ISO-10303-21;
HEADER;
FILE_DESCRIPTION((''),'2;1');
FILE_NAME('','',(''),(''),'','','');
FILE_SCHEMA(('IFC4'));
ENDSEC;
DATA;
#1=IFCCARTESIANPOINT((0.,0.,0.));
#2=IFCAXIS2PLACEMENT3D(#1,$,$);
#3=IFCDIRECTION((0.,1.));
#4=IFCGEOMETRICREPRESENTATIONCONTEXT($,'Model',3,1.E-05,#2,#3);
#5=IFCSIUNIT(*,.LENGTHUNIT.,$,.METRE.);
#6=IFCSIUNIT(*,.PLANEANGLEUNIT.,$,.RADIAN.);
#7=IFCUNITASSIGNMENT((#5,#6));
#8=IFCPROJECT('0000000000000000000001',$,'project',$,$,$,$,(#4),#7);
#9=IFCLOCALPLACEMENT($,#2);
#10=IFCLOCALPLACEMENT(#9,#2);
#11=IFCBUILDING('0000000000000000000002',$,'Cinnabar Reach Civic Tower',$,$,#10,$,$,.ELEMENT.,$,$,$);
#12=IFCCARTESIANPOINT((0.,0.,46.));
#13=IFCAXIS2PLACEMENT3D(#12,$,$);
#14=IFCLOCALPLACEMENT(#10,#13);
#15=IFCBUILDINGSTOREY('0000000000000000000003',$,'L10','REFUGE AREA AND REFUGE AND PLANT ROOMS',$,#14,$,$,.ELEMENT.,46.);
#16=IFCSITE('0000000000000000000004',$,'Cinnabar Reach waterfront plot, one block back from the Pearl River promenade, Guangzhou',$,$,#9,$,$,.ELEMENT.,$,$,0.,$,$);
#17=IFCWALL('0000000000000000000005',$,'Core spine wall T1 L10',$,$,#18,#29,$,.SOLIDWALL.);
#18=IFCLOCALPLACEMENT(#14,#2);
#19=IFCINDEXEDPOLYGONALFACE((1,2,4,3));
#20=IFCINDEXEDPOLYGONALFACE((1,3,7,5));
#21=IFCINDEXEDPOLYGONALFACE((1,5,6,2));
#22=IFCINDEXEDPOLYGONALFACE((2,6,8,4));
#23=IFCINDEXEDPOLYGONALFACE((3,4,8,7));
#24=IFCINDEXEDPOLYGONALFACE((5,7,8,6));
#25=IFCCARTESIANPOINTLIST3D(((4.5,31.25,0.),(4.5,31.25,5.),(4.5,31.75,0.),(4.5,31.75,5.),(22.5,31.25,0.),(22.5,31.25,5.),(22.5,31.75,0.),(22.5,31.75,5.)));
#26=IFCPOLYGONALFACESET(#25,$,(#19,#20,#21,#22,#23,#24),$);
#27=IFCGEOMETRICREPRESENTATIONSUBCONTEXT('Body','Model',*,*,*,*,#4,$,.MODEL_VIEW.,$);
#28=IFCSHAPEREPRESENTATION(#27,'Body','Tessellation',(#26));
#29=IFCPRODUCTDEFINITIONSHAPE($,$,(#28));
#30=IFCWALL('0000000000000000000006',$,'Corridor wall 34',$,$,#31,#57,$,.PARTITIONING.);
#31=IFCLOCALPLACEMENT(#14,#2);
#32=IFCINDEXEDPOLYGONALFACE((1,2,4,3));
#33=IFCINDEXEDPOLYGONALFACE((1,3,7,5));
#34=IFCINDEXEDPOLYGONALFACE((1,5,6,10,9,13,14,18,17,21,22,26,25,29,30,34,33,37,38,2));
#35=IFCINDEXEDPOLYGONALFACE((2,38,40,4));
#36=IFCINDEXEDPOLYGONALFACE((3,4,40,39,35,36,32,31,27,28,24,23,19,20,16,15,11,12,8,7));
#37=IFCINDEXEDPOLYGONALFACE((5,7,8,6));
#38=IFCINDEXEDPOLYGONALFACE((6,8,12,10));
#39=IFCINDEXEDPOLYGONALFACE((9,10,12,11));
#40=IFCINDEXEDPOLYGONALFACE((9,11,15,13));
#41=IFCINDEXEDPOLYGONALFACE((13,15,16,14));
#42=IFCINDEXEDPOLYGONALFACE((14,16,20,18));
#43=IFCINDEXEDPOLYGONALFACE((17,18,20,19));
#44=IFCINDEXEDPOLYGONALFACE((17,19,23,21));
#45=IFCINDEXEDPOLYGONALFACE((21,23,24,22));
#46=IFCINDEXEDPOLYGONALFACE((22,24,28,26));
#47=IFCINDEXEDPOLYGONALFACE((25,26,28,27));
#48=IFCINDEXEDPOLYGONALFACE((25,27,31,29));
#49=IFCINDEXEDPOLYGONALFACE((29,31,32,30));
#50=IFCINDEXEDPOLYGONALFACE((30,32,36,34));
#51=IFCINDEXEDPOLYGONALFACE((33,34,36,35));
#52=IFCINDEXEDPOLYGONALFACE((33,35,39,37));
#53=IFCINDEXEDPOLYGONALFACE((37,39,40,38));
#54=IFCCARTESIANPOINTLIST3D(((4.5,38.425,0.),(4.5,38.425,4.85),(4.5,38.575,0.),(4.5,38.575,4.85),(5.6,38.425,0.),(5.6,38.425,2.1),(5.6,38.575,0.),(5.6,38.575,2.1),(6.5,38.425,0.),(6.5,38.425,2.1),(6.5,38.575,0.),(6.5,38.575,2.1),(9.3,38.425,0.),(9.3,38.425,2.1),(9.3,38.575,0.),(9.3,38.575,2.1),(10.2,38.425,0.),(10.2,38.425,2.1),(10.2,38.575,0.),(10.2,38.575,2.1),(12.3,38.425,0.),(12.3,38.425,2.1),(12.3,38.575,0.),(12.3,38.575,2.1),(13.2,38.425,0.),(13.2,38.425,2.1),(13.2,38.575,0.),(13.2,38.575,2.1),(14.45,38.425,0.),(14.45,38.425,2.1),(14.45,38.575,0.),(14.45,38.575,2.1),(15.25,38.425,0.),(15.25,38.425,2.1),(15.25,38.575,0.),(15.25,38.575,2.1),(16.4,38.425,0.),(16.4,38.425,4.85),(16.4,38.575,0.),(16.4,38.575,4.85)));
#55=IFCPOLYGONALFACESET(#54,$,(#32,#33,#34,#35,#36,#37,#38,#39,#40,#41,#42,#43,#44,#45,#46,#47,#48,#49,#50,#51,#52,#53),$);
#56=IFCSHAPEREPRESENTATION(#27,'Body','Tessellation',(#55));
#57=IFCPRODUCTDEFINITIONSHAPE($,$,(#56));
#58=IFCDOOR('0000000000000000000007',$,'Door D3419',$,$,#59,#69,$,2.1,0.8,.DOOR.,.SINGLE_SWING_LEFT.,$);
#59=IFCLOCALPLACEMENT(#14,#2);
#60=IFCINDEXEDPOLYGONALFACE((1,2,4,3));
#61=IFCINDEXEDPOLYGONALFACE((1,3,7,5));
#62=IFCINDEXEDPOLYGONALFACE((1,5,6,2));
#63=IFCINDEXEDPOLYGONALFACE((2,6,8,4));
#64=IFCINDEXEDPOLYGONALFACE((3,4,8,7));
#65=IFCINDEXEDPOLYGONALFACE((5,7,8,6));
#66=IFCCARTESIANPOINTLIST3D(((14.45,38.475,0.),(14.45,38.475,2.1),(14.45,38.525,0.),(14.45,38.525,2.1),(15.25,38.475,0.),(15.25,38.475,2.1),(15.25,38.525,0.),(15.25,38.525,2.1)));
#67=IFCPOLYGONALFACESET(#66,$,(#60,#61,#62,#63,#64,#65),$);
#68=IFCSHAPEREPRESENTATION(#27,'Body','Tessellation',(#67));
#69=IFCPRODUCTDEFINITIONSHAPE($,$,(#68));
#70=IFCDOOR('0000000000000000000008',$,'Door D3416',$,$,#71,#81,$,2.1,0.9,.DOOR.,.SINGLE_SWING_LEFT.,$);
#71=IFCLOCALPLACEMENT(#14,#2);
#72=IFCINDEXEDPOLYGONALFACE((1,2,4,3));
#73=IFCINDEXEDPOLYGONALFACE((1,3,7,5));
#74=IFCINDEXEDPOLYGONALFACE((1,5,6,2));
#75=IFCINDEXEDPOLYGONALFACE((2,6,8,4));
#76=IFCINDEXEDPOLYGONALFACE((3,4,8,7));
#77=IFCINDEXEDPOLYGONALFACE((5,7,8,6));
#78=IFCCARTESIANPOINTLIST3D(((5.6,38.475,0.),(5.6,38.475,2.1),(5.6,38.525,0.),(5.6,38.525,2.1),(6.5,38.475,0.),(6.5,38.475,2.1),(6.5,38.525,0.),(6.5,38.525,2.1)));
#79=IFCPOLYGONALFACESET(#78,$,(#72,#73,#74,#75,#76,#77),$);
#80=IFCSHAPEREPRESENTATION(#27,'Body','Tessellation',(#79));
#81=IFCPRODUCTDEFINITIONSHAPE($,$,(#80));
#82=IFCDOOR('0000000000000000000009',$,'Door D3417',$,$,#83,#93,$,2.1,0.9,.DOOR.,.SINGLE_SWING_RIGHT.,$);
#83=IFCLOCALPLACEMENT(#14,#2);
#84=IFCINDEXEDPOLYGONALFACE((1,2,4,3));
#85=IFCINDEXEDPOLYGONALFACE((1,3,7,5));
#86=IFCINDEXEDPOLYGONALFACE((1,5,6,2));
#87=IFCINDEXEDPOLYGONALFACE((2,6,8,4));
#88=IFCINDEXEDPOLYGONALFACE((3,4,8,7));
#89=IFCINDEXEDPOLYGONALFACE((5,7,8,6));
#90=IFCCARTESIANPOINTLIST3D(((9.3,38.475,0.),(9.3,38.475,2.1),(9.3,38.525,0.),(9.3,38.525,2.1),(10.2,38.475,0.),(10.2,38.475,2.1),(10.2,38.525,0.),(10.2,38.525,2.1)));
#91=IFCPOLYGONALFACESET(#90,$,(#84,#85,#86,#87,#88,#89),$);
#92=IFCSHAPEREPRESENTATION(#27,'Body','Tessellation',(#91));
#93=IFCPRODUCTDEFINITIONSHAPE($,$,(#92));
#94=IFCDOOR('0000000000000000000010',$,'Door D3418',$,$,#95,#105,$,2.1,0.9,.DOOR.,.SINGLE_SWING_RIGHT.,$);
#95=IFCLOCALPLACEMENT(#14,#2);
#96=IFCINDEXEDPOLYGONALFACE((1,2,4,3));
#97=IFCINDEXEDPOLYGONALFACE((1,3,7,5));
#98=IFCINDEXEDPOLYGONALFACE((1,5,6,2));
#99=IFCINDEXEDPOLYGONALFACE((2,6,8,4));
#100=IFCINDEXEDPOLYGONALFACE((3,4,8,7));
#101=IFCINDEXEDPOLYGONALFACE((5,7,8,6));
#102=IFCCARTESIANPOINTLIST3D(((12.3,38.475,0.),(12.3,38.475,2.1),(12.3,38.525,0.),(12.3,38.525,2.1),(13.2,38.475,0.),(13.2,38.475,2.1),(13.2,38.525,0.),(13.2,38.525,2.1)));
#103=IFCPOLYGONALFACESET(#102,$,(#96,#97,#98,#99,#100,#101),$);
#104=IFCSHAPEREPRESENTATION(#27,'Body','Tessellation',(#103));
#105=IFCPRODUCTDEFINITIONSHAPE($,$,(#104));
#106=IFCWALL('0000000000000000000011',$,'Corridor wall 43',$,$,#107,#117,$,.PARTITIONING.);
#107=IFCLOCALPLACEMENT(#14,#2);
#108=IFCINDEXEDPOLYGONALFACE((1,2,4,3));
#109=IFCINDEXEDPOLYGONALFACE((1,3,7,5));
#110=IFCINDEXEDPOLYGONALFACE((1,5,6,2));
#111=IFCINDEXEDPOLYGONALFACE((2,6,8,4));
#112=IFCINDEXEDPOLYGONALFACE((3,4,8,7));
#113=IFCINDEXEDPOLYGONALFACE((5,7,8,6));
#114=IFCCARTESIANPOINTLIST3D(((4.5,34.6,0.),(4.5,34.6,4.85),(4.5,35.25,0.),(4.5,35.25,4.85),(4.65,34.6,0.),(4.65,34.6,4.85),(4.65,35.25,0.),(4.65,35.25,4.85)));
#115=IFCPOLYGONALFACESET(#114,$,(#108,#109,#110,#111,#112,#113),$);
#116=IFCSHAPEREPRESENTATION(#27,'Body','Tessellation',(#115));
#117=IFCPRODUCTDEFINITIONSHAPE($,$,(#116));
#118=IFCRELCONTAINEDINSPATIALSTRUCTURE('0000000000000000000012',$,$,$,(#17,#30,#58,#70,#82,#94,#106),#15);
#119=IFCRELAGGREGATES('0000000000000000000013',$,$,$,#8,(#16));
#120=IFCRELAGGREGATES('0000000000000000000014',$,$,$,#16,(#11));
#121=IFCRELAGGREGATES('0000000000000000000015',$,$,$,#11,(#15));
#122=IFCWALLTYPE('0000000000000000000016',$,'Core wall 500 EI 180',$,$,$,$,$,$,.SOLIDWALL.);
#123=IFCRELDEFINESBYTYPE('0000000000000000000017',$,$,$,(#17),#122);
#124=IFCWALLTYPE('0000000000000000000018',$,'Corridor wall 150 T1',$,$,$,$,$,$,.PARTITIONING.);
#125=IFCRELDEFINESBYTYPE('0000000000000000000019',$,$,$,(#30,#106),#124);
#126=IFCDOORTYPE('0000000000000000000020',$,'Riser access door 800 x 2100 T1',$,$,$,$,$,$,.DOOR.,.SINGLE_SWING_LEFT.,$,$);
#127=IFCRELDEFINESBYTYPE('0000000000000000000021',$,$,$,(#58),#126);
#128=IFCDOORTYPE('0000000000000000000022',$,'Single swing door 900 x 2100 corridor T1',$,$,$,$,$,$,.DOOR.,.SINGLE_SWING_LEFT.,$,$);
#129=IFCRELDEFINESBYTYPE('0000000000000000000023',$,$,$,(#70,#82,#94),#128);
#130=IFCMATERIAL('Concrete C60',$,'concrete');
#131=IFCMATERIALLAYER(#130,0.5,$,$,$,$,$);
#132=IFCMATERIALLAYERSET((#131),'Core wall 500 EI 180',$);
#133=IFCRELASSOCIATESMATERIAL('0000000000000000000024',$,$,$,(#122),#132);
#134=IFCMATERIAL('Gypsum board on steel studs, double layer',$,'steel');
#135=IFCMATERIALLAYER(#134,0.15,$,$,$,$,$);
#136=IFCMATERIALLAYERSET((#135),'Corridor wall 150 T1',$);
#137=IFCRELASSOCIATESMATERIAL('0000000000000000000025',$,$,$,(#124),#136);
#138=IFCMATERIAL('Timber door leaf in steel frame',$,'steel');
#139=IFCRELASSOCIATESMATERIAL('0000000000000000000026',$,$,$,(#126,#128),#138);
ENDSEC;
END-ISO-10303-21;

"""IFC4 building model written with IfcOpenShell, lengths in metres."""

from ifc_helpers import new_model, si_unit, direction, frame, frame_2d, origin, place, context, subcontext, project, spatial, rectangle, extrude, material, layer, layer_set, type_object, element, fill, save


model = new_model("IFC4")

# Units and contexts
model_context = context("Model", 3, precision=1e-05, world=origin(), true_north=direction((0.0, 1.0)))
body_context = subcontext(model_context, "Body", "Model", "MODEL_VIEW")
ifc_project = project(units=[si_unit("LENGTHUNIT", "METRE"), si_unit("PLANEANGLEUNIT", "RADIAN")], contexts=[model_context])

# Site, building, storey
site_placement = place(None, origin())
site = spatial("IfcSite", under=ifc_project, at=site_placement, Name="Cinnabar Reach waterfront plot, one block back from the Pearl River promenade, Guangzhou", CompositionType="ELEMENT", RefElevation=0.0)
building_placement = place(site_placement, origin())
building = spatial("IfcBuilding", under=site, at=building_placement, Name="Cinnabar Reach Civic Tower", CompositionType="ELEMENT")
storey_placement = place(building_placement, frame((0.0, 0.0, 46.0)))
storey = spatial("IfcBuildingStorey", under=building, at=storey_placement, Name="L10", Description="REFUGE AREA AND REFUGE AND PLANT ROOMS", CompositionType="ELEMENT", Elevation=46.0)

# Wall
ifc_material_1 = material(Name="Concrete C60", Category="concrete")
ifc_layer_1 = layer(ifc_material_1, 0.5)
ifc_layer_set_1 = layer_set([ifc_layer_1], Name="Core wall 500 EI 180")
wall_type_1 = type_object("IfcWallType", Name="Core wall 500 EI 180", PredefinedType="SOLIDWALL", material=ifc_layer_set_1)
wall_1_placement = place(storey_placement, frame((4.5, 31.5, 0.0), z_axis=(0.0, 0.0, 1.0), x_axis=(1.0, 0.0, 0.0)))
element("IfcWall", 1, at=wall_1_placement, inside=storey, type_object=wall_type_1, Name="Core spine wall T1 L10", PredefinedType="SOLIDWALL", context=body_context, shape_type="SweptSolid", body=[
    extrude(rectangle(XDim=18.0, YDim=0.5, at=frame_2d((9.0, 0.0))), origin(), (0.0, 0.0, 1.0), 5.0),
])

# Wall, openings, doors
ifc_material_2 = material(Name="Gypsum board on steel studs, double layer", Category="steel")
ifc_layer_2 = layer(ifc_material_2, 0.15)
ifc_layer_set_2 = layer_set([ifc_layer_2], Name="Corridor wall 150 T1")
wall_type_2 = type_object("IfcWallType", Name="Corridor wall 150 T1", PredefinedType="PARTITIONING", material=ifc_layer_set_2)
wall_2_placement = place(storey_placement, frame((4.5, 38.5, 0.0), z_axis=(0.0, 0.0, 1.0), x_axis=(1.0, 0.0, 0.0)))
wall_2 = element("IfcWall", 2, at=wall_2_placement, inside=storey, type_object=wall_type_2, Name="Corridor wall 34", PredefinedType="PARTITIONING", context=body_context, shape_type="SweptSolid", body=[
    extrude(rectangle(XDim=11.9, YDim=0.15, at=frame_2d((5.95, 0.0))), origin(), (0.0, 0.0, 1.0), 4.85),
])
opening_1_placement = place(wall_2_placement, frame((1.1, 0.0, 0.0)))
opening_1 = element("IfcOpeningElement", 3, at=opening_1_placement, cuts=wall_2, PredefinedType="OPENING", context=body_context, shape_type="SweptSolid", body=[
    extrude(rectangle(XDim=0.9, YDim=2.1, at=frame_2d((0.45, 1.05))), frame((0.0, 0.085, 0.0), z_axis=(0.0, -1.0, 0.0), x_axis=(1.0, 0.0, 0.0)), (0.0, 0.0, 1.0), 0.17),
])
opening_2_placement = place(wall_2_placement, frame((4.8, 0.0, 0.0)))
opening_2 = element("IfcOpeningElement", 4, at=opening_2_placement, cuts=wall_2, PredefinedType="OPENING", context=body_context, shape_type="SweptSolid", body=[
    extrude(rectangle(XDim=0.9, YDim=2.1, at=frame_2d((0.45, 1.05))), frame((0.0, 0.085, 0.0), z_axis=(0.0, -1.0, 0.0), x_axis=(1.0, 0.0, 0.0)), (0.0, 0.0, 1.0), 0.17),
])
opening_3_placement = place(wall_2_placement, frame((7.8, 0.0, 0.0)))
opening_3 = element("IfcOpeningElement", 5, at=opening_3_placement, cuts=wall_2, PredefinedType="OPENING", context=body_context, shape_type="SweptSolid", body=[
    extrude(rectangle(XDim=0.9, YDim=2.1, at=frame_2d((0.45, 1.05))), frame((0.0, 0.085, 0.0), z_axis=(0.0, -1.0, 0.0), x_axis=(1.0, 0.0, 0.0)), (0.0, 0.0, 1.0), 0.17),
])
opening_4_placement = place(wall_2_placement, frame((9.95, 0.0, 0.0)))
opening_4 = element("IfcOpeningElement", 6, at=opening_4_placement, cuts=wall_2, PredefinedType="OPENING", context=body_context, shape_type="SweptSolid", body=[
    extrude(rectangle(XDim=0.8, YDim=2.1, at=frame_2d((0.4, 1.05))), frame((0.0, 0.085, 0.0), z_axis=(0.0, -1.0, 0.0), x_axis=(1.0, 0.0, 0.0)), (0.0, 0.0, 1.0), 0.17),
])
ifc_material_3 = material(Name="Timber door leaf in steel frame", Category="steel")
door_type_1 = type_object("IfcDoorType", Name="Riser access door 800 x 2100 T1", OperationType="SINGLE_SWING_LEFT", PredefinedType="DOOR", material=ifc_material_3)
door_1_placement = place(opening_4_placement, origin())
door_1 = element("IfcDoor", 7, at=door_1_placement, inside=storey, type_object=door_type_1, Name="Door D3419", OperationType="SINGLE_SWING_LEFT", OverallHeight=2.1, OverallWidth=0.8, PredefinedType="DOOR", context=body_context, shape_type="SweptSolid", body=[
    extrude(rectangle(XDim=0.8, YDim=2.1, at=frame_2d((0.4, 1.05))), frame((0.0, 0.025, 0.0), z_axis=(0.0, -1.0, 0.0), x_axis=(1.0, 0.0, 0.0)), (0.0, 0.0, 1.0), 0.05),
])
fill(opening_4, door_1)
door_type_2 = type_object("IfcDoorType", Name="Single swing door 900 x 2100 corridor T1", OperationType="SINGLE_SWING_LEFT", PredefinedType="DOOR", material=ifc_material_3)
door_2_placement = place(opening_1_placement, origin())
door_2 = element("IfcDoor", 8, at=door_2_placement, inside=storey, type_object=door_type_2, Name="Door D3416", OperationType="SINGLE_SWING_LEFT", OverallHeight=2.1, OverallWidth=0.9, PredefinedType="DOOR", context=body_context, shape_type="SweptSolid", body=[
    extrude(rectangle(XDim=0.9, YDim=2.1, at=frame_2d((0.45, 1.05))), frame((0.0, 0.025, 0.0), z_axis=(0.0, -1.0, 0.0), x_axis=(1.0, 0.0, 0.0)), (0.0, 0.0, 1.0), 0.05),
])
fill(opening_1, door_2)
door_3_placement = place(opening_2_placement, origin())
door_3 = element("IfcDoor", 9, at=door_3_placement, inside=storey, type_object=door_type_2, Name="Door D3417", OperationType="SINGLE_SWING_RIGHT", OverallHeight=2.1, OverallWidth=0.9, PredefinedType="DOOR", context=body_context, shape_type="SweptSolid", body=[
    extrude(rectangle(XDim=0.9, YDim=2.1, at=frame_2d((0.45, 1.05))), frame((0.0, 0.025, 0.0), z_axis=(0.0, -1.0, 0.0), x_axis=(1.0, 0.0, 0.0)), (0.0, 0.0, 1.0), 0.05),
])
fill(opening_2, door_3)
door_4_placement = place(opening_3_placement, origin())
door_4 = element("IfcDoor", 10, at=door_4_placement, inside=storey, type_object=door_type_2, Name="Door D3418", OperationType="SINGLE_SWING_RIGHT", OverallHeight=2.1, OverallWidth=0.9, PredefinedType="DOOR", context=body_context, shape_type="SweptSolid", body=[
    extrude(rectangle(XDim=0.9, YDim=2.1, at=frame_2d((0.45, 1.05))), frame((0.0, 0.025, 0.0), z_axis=(0.0, -1.0, 0.0), x_axis=(1.0, 0.0, 0.0)), (0.0, 0.0, 1.0), 0.05),
])
fill(opening_3, door_4)

# Wall
wall_3_placement = place(storey_placement, frame((4.575, 34.6, 0.0), z_axis=(0.0, 0.0, 1.0), x_axis=(0.0, 1.0, 0.0)))
element("IfcWall", 11, at=wall_3_placement, inside=storey, type_object=wall_type_2, Name="Corridor wall 43", PredefinedType="PARTITIONING", context=body_context, shape_type="SweptSolid", body=[
    extrude(rectangle(XDim=0.65, YDim=0.15, at=frame_2d((0.325, 0.0))), origin(), (0.0, 0.0, 1.0), 4.85),
])

save(model, "model.ifc")
